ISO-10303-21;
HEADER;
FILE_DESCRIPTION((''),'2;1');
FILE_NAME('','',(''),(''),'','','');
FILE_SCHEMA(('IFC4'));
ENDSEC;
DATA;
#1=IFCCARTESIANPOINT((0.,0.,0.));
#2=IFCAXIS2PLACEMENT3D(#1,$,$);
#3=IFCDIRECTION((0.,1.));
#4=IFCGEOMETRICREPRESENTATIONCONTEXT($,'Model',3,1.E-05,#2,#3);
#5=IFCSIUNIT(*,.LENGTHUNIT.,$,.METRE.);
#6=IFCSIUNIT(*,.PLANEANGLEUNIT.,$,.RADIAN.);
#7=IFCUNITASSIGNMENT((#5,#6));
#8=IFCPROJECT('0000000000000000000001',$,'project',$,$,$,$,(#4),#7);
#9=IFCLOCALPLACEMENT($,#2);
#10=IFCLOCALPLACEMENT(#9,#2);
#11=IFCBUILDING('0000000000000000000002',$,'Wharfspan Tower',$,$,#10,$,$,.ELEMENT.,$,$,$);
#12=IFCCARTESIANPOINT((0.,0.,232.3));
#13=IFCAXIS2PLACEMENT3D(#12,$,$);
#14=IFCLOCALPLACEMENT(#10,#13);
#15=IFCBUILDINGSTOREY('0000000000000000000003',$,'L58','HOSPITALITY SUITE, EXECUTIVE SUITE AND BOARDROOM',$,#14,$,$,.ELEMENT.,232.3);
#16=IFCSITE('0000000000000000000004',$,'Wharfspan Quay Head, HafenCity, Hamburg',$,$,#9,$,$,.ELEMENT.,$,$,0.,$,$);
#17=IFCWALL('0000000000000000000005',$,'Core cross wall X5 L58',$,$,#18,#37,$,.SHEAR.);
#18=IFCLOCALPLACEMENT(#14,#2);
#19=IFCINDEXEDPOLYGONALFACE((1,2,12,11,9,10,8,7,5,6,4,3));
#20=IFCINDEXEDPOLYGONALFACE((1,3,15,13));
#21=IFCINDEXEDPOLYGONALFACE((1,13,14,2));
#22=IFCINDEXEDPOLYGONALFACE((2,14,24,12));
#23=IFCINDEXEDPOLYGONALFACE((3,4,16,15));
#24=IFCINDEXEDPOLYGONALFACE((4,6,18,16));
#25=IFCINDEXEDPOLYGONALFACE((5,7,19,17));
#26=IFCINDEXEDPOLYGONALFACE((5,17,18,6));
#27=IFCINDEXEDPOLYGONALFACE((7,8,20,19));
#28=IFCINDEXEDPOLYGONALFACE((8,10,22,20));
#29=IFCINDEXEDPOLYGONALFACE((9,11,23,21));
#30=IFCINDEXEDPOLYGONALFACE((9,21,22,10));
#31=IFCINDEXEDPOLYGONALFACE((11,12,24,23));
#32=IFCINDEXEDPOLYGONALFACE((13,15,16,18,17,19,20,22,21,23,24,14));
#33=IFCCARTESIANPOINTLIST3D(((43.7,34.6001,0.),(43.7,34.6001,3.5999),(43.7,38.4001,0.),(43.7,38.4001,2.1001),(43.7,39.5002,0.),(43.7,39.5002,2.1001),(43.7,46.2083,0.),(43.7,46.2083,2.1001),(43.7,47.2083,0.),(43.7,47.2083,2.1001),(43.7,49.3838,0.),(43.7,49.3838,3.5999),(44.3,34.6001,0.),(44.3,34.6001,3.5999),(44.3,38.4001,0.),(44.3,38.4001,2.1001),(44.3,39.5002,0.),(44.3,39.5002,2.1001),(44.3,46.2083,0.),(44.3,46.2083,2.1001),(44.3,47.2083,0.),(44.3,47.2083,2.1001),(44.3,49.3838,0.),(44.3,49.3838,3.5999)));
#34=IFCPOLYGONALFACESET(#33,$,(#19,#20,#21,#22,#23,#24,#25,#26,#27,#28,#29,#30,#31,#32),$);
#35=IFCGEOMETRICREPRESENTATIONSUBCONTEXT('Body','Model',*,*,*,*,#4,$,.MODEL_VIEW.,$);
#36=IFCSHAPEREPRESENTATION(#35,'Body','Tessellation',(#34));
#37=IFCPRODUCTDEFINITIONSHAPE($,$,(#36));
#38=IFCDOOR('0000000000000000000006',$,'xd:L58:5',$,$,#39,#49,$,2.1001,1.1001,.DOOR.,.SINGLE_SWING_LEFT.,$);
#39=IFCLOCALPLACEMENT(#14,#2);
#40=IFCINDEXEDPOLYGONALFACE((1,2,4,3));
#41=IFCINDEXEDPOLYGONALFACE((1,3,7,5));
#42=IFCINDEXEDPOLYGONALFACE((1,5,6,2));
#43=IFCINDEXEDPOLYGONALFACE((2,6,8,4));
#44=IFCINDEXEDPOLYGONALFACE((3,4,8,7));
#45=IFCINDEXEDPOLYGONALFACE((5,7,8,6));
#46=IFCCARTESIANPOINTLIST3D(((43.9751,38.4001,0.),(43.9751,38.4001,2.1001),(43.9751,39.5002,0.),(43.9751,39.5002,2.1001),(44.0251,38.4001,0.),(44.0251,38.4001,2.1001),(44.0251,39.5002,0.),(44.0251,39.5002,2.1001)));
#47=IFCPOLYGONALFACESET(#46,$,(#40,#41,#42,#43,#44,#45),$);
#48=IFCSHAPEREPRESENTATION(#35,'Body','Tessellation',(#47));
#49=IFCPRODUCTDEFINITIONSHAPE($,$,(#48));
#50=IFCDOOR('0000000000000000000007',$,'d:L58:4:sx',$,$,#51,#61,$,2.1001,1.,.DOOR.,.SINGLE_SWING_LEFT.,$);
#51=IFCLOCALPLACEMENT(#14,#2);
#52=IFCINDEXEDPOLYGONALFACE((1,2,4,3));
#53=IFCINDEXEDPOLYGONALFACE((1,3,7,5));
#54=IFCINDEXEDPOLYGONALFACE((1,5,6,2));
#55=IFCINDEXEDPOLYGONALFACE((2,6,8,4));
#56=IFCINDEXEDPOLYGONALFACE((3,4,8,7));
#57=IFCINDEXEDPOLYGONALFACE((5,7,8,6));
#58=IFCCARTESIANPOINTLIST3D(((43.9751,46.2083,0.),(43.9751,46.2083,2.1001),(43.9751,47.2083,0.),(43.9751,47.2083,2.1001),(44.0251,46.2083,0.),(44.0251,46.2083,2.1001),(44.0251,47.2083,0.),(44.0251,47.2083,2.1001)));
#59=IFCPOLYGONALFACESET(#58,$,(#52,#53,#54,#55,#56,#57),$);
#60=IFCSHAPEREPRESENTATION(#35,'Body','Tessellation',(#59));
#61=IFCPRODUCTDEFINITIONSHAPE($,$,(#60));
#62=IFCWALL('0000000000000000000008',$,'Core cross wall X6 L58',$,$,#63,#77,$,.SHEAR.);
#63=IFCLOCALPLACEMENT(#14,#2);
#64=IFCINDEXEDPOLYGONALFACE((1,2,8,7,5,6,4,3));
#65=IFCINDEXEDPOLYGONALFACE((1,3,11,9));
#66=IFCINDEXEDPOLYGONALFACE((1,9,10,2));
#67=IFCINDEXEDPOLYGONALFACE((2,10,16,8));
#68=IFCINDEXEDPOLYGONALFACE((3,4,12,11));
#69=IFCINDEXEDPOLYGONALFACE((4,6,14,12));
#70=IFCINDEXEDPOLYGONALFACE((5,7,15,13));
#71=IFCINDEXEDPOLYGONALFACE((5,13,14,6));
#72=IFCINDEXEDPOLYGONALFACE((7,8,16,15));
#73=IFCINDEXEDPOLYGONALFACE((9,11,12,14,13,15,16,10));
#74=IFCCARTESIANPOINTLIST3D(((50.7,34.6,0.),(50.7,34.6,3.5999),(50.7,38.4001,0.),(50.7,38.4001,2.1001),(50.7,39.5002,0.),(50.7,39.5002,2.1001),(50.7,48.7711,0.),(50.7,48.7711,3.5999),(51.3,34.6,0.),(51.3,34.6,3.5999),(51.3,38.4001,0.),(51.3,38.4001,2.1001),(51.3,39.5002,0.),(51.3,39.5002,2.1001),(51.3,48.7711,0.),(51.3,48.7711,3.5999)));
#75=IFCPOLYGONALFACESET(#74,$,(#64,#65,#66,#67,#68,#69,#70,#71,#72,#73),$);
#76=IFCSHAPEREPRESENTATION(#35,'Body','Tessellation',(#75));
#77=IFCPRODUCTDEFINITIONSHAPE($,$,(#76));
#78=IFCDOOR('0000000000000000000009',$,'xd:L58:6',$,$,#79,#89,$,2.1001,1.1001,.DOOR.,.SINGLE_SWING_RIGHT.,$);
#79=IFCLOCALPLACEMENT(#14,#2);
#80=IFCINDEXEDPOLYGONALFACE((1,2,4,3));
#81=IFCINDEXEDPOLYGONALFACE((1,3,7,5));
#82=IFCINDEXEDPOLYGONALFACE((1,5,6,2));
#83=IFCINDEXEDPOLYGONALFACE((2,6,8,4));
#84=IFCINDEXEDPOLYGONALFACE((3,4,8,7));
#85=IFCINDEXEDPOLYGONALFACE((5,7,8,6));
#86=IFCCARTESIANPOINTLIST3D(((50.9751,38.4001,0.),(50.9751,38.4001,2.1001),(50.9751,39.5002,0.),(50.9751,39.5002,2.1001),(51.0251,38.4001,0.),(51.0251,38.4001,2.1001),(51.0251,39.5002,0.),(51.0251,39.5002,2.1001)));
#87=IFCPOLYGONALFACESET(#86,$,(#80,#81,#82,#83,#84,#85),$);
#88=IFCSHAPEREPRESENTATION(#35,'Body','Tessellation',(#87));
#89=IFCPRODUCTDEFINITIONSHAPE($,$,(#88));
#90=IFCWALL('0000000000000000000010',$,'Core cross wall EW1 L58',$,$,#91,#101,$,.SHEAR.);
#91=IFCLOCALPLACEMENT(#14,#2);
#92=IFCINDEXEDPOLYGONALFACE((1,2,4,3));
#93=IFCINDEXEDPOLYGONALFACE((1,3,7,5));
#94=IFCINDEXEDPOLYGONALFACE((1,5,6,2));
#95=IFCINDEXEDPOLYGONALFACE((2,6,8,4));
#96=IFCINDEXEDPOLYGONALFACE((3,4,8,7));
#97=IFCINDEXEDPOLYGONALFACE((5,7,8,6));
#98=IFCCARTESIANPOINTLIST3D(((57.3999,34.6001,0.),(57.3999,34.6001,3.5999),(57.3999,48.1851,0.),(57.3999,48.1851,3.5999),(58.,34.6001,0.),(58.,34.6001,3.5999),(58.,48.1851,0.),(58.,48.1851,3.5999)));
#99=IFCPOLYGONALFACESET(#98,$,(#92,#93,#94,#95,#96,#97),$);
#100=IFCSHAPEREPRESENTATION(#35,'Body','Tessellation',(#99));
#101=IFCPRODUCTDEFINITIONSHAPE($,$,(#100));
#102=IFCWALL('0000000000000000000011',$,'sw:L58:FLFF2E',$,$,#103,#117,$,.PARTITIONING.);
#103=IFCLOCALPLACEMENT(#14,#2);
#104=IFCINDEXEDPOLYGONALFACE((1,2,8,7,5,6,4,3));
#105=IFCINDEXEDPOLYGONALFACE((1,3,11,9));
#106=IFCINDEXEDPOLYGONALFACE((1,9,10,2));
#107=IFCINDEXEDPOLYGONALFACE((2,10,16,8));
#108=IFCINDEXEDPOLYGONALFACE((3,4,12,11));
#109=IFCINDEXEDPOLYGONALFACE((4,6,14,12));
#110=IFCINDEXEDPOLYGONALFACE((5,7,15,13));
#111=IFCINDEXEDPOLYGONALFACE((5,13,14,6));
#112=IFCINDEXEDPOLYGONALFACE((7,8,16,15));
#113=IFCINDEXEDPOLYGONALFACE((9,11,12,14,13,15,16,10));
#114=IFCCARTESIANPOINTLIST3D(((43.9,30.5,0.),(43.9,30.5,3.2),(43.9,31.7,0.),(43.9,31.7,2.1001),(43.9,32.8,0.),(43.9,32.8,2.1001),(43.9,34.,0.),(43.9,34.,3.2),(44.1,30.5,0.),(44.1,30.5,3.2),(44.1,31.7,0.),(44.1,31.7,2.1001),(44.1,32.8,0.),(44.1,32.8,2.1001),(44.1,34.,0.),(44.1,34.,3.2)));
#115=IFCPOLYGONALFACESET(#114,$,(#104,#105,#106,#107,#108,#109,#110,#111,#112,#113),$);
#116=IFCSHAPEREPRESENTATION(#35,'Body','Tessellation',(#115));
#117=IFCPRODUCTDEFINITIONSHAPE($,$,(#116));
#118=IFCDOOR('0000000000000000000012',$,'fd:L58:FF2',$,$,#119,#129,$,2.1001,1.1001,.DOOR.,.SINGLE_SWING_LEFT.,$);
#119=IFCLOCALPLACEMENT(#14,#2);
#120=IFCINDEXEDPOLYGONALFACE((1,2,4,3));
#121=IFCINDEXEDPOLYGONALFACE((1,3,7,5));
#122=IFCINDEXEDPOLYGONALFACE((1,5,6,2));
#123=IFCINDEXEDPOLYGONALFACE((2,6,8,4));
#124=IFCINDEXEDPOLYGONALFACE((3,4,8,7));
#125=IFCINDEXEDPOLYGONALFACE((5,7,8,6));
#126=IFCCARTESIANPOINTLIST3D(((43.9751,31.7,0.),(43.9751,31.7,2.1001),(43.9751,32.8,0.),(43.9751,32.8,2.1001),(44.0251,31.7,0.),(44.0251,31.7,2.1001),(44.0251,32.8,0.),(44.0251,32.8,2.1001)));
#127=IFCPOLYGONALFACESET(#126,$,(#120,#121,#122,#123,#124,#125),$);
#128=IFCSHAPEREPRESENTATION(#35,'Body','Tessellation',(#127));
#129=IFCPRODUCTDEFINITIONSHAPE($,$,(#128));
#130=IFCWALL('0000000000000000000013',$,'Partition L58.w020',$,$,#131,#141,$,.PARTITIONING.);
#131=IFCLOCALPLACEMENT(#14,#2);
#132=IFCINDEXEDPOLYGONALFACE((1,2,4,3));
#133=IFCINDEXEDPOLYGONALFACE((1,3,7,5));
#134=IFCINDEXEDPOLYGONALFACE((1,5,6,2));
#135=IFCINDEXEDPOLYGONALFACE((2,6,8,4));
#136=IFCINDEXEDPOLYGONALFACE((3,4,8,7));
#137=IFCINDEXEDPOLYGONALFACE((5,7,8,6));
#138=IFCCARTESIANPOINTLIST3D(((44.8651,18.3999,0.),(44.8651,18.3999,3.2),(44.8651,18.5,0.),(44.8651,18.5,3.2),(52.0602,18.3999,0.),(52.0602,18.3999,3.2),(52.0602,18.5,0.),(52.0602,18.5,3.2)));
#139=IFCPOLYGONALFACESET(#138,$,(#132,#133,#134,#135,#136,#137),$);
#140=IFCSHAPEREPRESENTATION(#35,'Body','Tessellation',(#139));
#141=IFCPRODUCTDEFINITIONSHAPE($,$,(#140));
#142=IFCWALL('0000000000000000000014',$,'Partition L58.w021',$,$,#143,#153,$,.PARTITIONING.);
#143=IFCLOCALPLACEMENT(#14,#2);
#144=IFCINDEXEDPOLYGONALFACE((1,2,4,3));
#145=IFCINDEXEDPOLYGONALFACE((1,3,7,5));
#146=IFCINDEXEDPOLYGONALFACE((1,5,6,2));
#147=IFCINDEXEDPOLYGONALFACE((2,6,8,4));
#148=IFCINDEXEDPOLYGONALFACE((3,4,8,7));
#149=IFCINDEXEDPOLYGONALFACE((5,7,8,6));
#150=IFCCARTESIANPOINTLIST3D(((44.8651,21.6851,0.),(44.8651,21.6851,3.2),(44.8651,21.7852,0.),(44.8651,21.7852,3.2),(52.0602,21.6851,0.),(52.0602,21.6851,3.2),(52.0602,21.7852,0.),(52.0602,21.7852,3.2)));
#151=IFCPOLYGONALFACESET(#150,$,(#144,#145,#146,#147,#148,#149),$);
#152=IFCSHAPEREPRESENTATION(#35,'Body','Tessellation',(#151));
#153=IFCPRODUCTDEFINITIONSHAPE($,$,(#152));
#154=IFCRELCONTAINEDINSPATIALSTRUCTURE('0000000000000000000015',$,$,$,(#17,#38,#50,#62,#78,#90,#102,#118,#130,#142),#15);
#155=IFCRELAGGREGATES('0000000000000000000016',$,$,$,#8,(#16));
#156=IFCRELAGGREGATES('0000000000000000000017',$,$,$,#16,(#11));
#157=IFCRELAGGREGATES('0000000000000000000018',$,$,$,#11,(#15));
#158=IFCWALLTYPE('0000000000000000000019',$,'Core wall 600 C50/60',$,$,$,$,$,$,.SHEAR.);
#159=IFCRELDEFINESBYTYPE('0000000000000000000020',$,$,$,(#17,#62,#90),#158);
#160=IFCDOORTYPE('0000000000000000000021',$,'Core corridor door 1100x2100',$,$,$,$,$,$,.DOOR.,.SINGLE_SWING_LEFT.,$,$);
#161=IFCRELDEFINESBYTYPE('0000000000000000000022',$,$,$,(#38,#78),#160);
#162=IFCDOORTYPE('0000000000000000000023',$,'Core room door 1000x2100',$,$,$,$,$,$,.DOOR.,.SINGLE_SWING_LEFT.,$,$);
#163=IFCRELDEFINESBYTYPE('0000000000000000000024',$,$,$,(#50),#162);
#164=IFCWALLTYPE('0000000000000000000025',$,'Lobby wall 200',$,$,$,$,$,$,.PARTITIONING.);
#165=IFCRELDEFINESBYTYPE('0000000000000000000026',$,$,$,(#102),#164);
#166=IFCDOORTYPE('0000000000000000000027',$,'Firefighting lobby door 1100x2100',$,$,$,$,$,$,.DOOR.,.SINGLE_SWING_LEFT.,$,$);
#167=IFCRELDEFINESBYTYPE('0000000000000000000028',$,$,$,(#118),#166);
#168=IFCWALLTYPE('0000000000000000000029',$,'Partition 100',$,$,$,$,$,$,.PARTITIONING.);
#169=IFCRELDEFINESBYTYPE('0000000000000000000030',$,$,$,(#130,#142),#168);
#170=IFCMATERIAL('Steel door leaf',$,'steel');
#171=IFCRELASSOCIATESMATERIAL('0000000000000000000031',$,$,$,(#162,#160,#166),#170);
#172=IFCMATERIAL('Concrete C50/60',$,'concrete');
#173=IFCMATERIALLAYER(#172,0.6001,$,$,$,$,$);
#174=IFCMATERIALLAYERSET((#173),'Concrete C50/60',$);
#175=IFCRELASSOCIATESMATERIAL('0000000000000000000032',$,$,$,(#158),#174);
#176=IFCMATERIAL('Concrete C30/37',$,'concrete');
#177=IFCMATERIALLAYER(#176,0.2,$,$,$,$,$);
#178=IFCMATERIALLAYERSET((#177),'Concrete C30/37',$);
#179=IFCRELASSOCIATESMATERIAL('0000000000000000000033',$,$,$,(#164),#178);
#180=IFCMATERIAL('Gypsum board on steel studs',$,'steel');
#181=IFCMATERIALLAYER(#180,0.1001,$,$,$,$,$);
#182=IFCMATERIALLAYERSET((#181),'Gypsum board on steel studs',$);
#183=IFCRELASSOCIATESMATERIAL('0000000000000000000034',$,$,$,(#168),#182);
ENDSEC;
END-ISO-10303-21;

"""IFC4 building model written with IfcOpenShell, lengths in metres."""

from ifc_helpers import new_model, si_unit, direction, frame, frame_2d, origin, place, context, subcontext, project, spatial, rectangle, extrude, material, layer, layer_set, type_object, element, fill, save


model = new_model("IFC4")

# Units and contexts
model_context = context("Model", 3, precision=1e-05, world=origin(), true_north=direction((0.0, 1.0)))
body_context = subcontext(model_context, "Body", "Model", "MODEL_VIEW")
ifc_project = project(units=[si_unit("LENGTHUNIT", "METRE"), si_unit("PLANEANGLEUNIT", "RADIAN")], contexts=[model_context])

# Site, building, storey
site_placement = place(None, origin())
site = spatial("IfcSite", under=ifc_project, at=site_placement, Name="Wharfspan Quay Head, HafenCity, Hamburg", CompositionType="ELEMENT", RefElevation=0.0)
building_placement = place(site_placement, origin())
building = spatial("IfcBuilding", under=site, at=building_placement, Name="Wharfspan Tower", CompositionType="ELEMENT")
storey_placement = place(building_placement, frame((0.0, 0.0, 232.3)))
storey = spatial("IfcBuildingStorey", under=building, at=storey_placement, Name="L58", Description="HOSPITALITY SUITE, EXECUTIVE SUITE AND BOARDROOM", CompositionType="ELEMENT", Elevation=232.3)

# Shared definitions
ifc_material_1 = material(Name="Gypsum board on steel studs", Category="steel")

# Shared definitions
ifc_material_2 = material(Name="Steel door leaf", Category="steel")
door_type_1 = type_object("IfcDoorType", Name="Core room door 1000x2100", OperationType="SINGLE_SWING_LEFT", PredefinedType="DOOR", material=ifc_material_2)

# Wall, openings, doors
ifc_material_3 = material(Name="Concrete C50/60", Category="concrete")
ifc_layer_1 = layer(ifc_material_3, 0.6001)
ifc_layer_set_1 = layer_set([ifc_layer_1], Name="Concrete C50/60")
wall_type_1 = type_object("IfcWallType", Name="Core wall 600 C50/60", PredefinedType="SHEAR", material=ifc_layer_set_1)
wall_1_placement = place(storey_placement, frame((44.0, 34.6001, 0.0), z_axis=(0.0, 0.0, 1.0), x_axis=(0.0, 1.0, 0.0)))
wall_1 = element("IfcWall", 1, at=wall_1_placement, inside=storey, type_object=wall_type_1, Name="Core cross wall X5 L58", PredefinedType="SHEAR", context=body_context, shape_type="SweptSolid", body=[
    extrude(rectangle(XDim=14.7837, YDim=0.6001, at=frame_2d((7.3918, 0.0))), origin(), (0.0, 0.0, 1.0), 3.5999),
])
opening_1_placement = place(wall_1_placement, frame((11.6082, 0.0, 0.0)))
opening_1 = element("IfcOpeningElement", 2, at=opening_1_placement, cuts=wall_1, PredefinedType="OPENING", context=body_context, shape_type="SweptSolid", body=[
    extrude(rectangle(XDim=1.0, YDim=2.1001, at=frame_2d((0.5, 1.05))), frame((0.0, 0.3101, 0.0), z_axis=(0.0, -1.0, 0.0), x_axis=(1.0, 0.0, 0.0)), (0.0, 0.0, 1.0), 0.6201),
])
opening_2_placement = place(wall_1_placement, frame((3.8, 0.0, 0.0)))
opening_2 = element("IfcOpeningElement", 3, at=opening_2_placement, cuts=wall_1, PredefinedType="OPENING", context=body_context, shape_type="SweptSolid", body=[
    extrude(rectangle(XDim=1.1001, YDim=2.1001, at=frame_2d((0.55, 1.05))), frame((0.0, 0.3101, 0.0), z_axis=(0.0, -1.0, 0.0), x_axis=(1.0, 0.0, 0.0)), (0.0, 0.0, 1.0), 0.6201),
])
door_type_2 = type_object("IfcDoorType", Name="Core corridor door 1100x2100", OperationType="SINGLE_SWING_LEFT", PredefinedType="DOOR", material=ifc_material_2)
door_1_placement = place(opening_2_placement, origin())
door_1 = element("IfcDoor", 4, at=door_1_placement, inside=storey, type_object=door_type_2, Name="xd:L58:5", OperationType="SINGLE_SWING_LEFT", OverallHeight=2.1001, OverallWidth=1.1001, PredefinedType="DOOR", context=body_context, shape_type="SweptSolid", body=[
    extrude(rectangle(XDim=1.1001, YDim=2.1001, at=frame_2d((0.55, 1.05))), frame((0.0, 0.0249, 0.0), z_axis=(0.0, -1.0, 0.0), x_axis=(1.0, 0.0, 0.0)), (0.0, 0.0, 1.0), 0.05),
])
fill(opening_2, door_1)
door_2_placement = place(opening_1_placement, origin())
door_2 = element("IfcDoor", 5, at=door_2_placement, inside=storey, type_object=door_type_1, Name="d:L58:4:sx", OperationType="SINGLE_SWING_LEFT", OverallHeight=2.1001, OverallWidth=1.0, PredefinedType="DOOR", context=body_context, shape_type="SweptSolid", body=[
    extrude(rectangle(XDim=1.0, YDim=2.1001, at=frame_2d((0.5, 1.05))), frame((0.0, 0.0249, 0.0), z_axis=(0.0, -1.0, 0.0), x_axis=(1.0, 0.0, 0.0)), (0.0, 0.0, 1.0), 0.05),
])
fill(opening_1, door_2)

# Wall, opening, door
wall_2_placement = place(storey_placement, frame((51.0, 34.6001, 0.0), z_axis=(0.0, 0.0, 1.0), x_axis=(0.0, 1.0, 0.0)))
wall_2 = element("IfcWall", 6, at=wall_2_placement, inside=storey, type_object=wall_type_1, Name="Core cross wall X6 L58", PredefinedType="SHEAR", context=body_context, shape_type="SweptSolid", body=[
    extrude(rectangle(XDim=14.1711, YDim=0.6001, at=frame_2d((7.0854, 0.0))), origin(), (0.0, 0.0, 1.0), 3.5999),
])
opening_3_placement = place(wall_2_placement, frame((3.8, 0.0, 0.0)))
opening_3 = element("IfcOpeningElement", 7, at=opening_3_placement, cuts=wall_2, PredefinedType="OPENING", context=body_context, shape_type="SweptSolid", body=[
    extrude(rectangle(XDim=1.1001, YDim=2.1001, at=frame_2d((0.55, 1.05))), frame((0.0, 0.3101, 0.0), z_axis=(0.0, -1.0, 0.0), x_axis=(1.0, 0.0, 0.0)), (0.0, 0.0, 1.0), 0.6201),
])
door_3_placement = place(opening_3_placement, origin())
door_3 = element("IfcDoor", 8, at=door_3_placement, inside=storey, type_object=door_type_2, Name="xd:L58:6", OperationType="SINGLE_SWING_RIGHT", OverallHeight=2.1001, OverallWidth=1.1001, PredefinedType="DOOR", context=body_context, shape_type="SweptSolid", body=[
    extrude(rectangle(XDim=1.1001, YDim=2.1001, at=frame_2d((0.55, 1.05))), frame((0.0, 0.0249, 0.0), z_axis=(0.0, -1.0, 0.0), x_axis=(1.0, 0.0, 0.0)), (0.0, 0.0, 1.0), 0.05),
])
fill(opening_3, door_3)

# Wall
wall_3_placement = place(storey_placement, frame((57.7, 34.6001, 0.0), z_axis=(0.0, 0.0, 1.0), x_axis=(0.0, 1.0, 0.0)))
element("IfcWall", 9, at=wall_3_placement, inside=storey, type_object=wall_type_1, Name="Core cross wall EW1 L58", PredefinedType="SHEAR", context=body_context, shape_type="SweptSolid", body=[
    extrude(rectangle(XDim=13.585, YDim=0.6001, at=frame_2d((6.7925, 0.0))), origin(), (0.0, 0.0, 1.0), 3.5999),
])

# Wall, opening, door
ifc_material_4 = material(Name="Concrete C30/37", Category="concrete")
ifc_layer_2 = layer(ifc_material_4, 0.2)
ifc_layer_set_2 = layer_set([ifc_layer_2], Name="Concrete C30/37")
wall_type_2 = type_object("IfcWallType", Name="Lobby wall 200", PredefinedType="PARTITIONING", material=ifc_layer_set_2)
wall_4_placement = place(storey_placement, frame((44.0, 30.5, 0.0), z_axis=(0.0, 0.0, 1.0), x_axis=(0.0, 1.0, 0.0)))
wall_4 = element("IfcWall", 10, at=wall_4_placement, inside=storey, type_object=wall_type_2, Name="sw:L58:FLFF2E", PredefinedType="PARTITIONING", context=body_context, shape_type="SweptSolid", body=[
    extrude(rectangle(XDim=3.5, YDim=0.2, at=frame_2d((1.75, 0.0))), origin(), (0.0, 0.0, 1.0), 3.2),
])
opening_4_placement = place(wall_4_placement, frame((1.2, 0.0, 0.0)))
opening_4 = element("IfcOpeningElement", 11, at=opening_4_placement, cuts=wall_4, PredefinedType="OPENING", context=body_context, shape_type="SweptSolid", body=[
    extrude(rectangle(XDim=1.1001, YDim=2.1001, at=frame_2d((0.55, 1.05))), frame((0.0, 0.1099, 0.0), z_axis=(0.0, -1.0, 0.0), x_axis=(1.0, 0.0, 0.0)), (0.0, 0.0, 1.0), 0.22),
])
door_type_3 = type_object("IfcDoorType", Name="Firefighting lobby door 1100x2100", OperationType="SINGLE_SWING_LEFT", PredefinedType="DOOR", material=ifc_material_2)
door_4_placement = place(opening_4_placement, origin())
door_4 = element("IfcDoor", 12, at=door_4_placement, inside=storey, type_object=door_type_3, Name="fd:L58:FF2", OperationType="SINGLE_SWING_LEFT", OverallHeight=2.1001, OverallWidth=1.1001, PredefinedType="DOOR", context=body_context, shape_type="SweptSolid", body=[
    extrude(rectangle(XDim=1.1001, YDim=2.1001, at=frame_2d((0.55, 1.05))), frame((0.0, 0.0249, 0.0), z_axis=(0.0, -1.0, 0.0), x_axis=(1.0, 0.0, 0.0)), (0.0, 0.0, 1.0), 0.05),
])
fill(opening_4, door_4)

# Walls
ifc_layer_3 = layer(ifc_material_1, 0.1001)
ifc_layer_set_3 = layer_set([ifc_layer_3], Name="Gypsum board on steel studs")
wall_type_3 = type_object("IfcWallType", Name="Partition 100", PredefinedType="PARTITIONING", material=ifc_layer_set_3)
for number, where, z_axis, x_axis, name in (
    (13, (44.865, 18.45, 0.0), (0.0, 0.0, 1.0), (1.0, 0.0, 0.0), "Partition L58.w020"),
    (14, (44.865, 21.7351, 0.0), (0.0, 0.0, 1.0), (1.0, 0.0, 0.0), "Partition L58.w021"),
):
    element("IfcWall", number, at=place(storey_placement, frame(where, z_axis=z_axis, x_axis=x_axis)), inside=storey, type_object=wall_type_3, Name=name, PredefinedType="PARTITIONING", context=body_context, shape_type="SweptSolid", body=[
        extrude(rectangle(XDim=7.1951, YDim=0.1001, at=frame_2d((3.5977, 0.0))), origin(), (0.0, 0.0, 1.0), 3.2),
    ])

save(model, "model.ifc")
